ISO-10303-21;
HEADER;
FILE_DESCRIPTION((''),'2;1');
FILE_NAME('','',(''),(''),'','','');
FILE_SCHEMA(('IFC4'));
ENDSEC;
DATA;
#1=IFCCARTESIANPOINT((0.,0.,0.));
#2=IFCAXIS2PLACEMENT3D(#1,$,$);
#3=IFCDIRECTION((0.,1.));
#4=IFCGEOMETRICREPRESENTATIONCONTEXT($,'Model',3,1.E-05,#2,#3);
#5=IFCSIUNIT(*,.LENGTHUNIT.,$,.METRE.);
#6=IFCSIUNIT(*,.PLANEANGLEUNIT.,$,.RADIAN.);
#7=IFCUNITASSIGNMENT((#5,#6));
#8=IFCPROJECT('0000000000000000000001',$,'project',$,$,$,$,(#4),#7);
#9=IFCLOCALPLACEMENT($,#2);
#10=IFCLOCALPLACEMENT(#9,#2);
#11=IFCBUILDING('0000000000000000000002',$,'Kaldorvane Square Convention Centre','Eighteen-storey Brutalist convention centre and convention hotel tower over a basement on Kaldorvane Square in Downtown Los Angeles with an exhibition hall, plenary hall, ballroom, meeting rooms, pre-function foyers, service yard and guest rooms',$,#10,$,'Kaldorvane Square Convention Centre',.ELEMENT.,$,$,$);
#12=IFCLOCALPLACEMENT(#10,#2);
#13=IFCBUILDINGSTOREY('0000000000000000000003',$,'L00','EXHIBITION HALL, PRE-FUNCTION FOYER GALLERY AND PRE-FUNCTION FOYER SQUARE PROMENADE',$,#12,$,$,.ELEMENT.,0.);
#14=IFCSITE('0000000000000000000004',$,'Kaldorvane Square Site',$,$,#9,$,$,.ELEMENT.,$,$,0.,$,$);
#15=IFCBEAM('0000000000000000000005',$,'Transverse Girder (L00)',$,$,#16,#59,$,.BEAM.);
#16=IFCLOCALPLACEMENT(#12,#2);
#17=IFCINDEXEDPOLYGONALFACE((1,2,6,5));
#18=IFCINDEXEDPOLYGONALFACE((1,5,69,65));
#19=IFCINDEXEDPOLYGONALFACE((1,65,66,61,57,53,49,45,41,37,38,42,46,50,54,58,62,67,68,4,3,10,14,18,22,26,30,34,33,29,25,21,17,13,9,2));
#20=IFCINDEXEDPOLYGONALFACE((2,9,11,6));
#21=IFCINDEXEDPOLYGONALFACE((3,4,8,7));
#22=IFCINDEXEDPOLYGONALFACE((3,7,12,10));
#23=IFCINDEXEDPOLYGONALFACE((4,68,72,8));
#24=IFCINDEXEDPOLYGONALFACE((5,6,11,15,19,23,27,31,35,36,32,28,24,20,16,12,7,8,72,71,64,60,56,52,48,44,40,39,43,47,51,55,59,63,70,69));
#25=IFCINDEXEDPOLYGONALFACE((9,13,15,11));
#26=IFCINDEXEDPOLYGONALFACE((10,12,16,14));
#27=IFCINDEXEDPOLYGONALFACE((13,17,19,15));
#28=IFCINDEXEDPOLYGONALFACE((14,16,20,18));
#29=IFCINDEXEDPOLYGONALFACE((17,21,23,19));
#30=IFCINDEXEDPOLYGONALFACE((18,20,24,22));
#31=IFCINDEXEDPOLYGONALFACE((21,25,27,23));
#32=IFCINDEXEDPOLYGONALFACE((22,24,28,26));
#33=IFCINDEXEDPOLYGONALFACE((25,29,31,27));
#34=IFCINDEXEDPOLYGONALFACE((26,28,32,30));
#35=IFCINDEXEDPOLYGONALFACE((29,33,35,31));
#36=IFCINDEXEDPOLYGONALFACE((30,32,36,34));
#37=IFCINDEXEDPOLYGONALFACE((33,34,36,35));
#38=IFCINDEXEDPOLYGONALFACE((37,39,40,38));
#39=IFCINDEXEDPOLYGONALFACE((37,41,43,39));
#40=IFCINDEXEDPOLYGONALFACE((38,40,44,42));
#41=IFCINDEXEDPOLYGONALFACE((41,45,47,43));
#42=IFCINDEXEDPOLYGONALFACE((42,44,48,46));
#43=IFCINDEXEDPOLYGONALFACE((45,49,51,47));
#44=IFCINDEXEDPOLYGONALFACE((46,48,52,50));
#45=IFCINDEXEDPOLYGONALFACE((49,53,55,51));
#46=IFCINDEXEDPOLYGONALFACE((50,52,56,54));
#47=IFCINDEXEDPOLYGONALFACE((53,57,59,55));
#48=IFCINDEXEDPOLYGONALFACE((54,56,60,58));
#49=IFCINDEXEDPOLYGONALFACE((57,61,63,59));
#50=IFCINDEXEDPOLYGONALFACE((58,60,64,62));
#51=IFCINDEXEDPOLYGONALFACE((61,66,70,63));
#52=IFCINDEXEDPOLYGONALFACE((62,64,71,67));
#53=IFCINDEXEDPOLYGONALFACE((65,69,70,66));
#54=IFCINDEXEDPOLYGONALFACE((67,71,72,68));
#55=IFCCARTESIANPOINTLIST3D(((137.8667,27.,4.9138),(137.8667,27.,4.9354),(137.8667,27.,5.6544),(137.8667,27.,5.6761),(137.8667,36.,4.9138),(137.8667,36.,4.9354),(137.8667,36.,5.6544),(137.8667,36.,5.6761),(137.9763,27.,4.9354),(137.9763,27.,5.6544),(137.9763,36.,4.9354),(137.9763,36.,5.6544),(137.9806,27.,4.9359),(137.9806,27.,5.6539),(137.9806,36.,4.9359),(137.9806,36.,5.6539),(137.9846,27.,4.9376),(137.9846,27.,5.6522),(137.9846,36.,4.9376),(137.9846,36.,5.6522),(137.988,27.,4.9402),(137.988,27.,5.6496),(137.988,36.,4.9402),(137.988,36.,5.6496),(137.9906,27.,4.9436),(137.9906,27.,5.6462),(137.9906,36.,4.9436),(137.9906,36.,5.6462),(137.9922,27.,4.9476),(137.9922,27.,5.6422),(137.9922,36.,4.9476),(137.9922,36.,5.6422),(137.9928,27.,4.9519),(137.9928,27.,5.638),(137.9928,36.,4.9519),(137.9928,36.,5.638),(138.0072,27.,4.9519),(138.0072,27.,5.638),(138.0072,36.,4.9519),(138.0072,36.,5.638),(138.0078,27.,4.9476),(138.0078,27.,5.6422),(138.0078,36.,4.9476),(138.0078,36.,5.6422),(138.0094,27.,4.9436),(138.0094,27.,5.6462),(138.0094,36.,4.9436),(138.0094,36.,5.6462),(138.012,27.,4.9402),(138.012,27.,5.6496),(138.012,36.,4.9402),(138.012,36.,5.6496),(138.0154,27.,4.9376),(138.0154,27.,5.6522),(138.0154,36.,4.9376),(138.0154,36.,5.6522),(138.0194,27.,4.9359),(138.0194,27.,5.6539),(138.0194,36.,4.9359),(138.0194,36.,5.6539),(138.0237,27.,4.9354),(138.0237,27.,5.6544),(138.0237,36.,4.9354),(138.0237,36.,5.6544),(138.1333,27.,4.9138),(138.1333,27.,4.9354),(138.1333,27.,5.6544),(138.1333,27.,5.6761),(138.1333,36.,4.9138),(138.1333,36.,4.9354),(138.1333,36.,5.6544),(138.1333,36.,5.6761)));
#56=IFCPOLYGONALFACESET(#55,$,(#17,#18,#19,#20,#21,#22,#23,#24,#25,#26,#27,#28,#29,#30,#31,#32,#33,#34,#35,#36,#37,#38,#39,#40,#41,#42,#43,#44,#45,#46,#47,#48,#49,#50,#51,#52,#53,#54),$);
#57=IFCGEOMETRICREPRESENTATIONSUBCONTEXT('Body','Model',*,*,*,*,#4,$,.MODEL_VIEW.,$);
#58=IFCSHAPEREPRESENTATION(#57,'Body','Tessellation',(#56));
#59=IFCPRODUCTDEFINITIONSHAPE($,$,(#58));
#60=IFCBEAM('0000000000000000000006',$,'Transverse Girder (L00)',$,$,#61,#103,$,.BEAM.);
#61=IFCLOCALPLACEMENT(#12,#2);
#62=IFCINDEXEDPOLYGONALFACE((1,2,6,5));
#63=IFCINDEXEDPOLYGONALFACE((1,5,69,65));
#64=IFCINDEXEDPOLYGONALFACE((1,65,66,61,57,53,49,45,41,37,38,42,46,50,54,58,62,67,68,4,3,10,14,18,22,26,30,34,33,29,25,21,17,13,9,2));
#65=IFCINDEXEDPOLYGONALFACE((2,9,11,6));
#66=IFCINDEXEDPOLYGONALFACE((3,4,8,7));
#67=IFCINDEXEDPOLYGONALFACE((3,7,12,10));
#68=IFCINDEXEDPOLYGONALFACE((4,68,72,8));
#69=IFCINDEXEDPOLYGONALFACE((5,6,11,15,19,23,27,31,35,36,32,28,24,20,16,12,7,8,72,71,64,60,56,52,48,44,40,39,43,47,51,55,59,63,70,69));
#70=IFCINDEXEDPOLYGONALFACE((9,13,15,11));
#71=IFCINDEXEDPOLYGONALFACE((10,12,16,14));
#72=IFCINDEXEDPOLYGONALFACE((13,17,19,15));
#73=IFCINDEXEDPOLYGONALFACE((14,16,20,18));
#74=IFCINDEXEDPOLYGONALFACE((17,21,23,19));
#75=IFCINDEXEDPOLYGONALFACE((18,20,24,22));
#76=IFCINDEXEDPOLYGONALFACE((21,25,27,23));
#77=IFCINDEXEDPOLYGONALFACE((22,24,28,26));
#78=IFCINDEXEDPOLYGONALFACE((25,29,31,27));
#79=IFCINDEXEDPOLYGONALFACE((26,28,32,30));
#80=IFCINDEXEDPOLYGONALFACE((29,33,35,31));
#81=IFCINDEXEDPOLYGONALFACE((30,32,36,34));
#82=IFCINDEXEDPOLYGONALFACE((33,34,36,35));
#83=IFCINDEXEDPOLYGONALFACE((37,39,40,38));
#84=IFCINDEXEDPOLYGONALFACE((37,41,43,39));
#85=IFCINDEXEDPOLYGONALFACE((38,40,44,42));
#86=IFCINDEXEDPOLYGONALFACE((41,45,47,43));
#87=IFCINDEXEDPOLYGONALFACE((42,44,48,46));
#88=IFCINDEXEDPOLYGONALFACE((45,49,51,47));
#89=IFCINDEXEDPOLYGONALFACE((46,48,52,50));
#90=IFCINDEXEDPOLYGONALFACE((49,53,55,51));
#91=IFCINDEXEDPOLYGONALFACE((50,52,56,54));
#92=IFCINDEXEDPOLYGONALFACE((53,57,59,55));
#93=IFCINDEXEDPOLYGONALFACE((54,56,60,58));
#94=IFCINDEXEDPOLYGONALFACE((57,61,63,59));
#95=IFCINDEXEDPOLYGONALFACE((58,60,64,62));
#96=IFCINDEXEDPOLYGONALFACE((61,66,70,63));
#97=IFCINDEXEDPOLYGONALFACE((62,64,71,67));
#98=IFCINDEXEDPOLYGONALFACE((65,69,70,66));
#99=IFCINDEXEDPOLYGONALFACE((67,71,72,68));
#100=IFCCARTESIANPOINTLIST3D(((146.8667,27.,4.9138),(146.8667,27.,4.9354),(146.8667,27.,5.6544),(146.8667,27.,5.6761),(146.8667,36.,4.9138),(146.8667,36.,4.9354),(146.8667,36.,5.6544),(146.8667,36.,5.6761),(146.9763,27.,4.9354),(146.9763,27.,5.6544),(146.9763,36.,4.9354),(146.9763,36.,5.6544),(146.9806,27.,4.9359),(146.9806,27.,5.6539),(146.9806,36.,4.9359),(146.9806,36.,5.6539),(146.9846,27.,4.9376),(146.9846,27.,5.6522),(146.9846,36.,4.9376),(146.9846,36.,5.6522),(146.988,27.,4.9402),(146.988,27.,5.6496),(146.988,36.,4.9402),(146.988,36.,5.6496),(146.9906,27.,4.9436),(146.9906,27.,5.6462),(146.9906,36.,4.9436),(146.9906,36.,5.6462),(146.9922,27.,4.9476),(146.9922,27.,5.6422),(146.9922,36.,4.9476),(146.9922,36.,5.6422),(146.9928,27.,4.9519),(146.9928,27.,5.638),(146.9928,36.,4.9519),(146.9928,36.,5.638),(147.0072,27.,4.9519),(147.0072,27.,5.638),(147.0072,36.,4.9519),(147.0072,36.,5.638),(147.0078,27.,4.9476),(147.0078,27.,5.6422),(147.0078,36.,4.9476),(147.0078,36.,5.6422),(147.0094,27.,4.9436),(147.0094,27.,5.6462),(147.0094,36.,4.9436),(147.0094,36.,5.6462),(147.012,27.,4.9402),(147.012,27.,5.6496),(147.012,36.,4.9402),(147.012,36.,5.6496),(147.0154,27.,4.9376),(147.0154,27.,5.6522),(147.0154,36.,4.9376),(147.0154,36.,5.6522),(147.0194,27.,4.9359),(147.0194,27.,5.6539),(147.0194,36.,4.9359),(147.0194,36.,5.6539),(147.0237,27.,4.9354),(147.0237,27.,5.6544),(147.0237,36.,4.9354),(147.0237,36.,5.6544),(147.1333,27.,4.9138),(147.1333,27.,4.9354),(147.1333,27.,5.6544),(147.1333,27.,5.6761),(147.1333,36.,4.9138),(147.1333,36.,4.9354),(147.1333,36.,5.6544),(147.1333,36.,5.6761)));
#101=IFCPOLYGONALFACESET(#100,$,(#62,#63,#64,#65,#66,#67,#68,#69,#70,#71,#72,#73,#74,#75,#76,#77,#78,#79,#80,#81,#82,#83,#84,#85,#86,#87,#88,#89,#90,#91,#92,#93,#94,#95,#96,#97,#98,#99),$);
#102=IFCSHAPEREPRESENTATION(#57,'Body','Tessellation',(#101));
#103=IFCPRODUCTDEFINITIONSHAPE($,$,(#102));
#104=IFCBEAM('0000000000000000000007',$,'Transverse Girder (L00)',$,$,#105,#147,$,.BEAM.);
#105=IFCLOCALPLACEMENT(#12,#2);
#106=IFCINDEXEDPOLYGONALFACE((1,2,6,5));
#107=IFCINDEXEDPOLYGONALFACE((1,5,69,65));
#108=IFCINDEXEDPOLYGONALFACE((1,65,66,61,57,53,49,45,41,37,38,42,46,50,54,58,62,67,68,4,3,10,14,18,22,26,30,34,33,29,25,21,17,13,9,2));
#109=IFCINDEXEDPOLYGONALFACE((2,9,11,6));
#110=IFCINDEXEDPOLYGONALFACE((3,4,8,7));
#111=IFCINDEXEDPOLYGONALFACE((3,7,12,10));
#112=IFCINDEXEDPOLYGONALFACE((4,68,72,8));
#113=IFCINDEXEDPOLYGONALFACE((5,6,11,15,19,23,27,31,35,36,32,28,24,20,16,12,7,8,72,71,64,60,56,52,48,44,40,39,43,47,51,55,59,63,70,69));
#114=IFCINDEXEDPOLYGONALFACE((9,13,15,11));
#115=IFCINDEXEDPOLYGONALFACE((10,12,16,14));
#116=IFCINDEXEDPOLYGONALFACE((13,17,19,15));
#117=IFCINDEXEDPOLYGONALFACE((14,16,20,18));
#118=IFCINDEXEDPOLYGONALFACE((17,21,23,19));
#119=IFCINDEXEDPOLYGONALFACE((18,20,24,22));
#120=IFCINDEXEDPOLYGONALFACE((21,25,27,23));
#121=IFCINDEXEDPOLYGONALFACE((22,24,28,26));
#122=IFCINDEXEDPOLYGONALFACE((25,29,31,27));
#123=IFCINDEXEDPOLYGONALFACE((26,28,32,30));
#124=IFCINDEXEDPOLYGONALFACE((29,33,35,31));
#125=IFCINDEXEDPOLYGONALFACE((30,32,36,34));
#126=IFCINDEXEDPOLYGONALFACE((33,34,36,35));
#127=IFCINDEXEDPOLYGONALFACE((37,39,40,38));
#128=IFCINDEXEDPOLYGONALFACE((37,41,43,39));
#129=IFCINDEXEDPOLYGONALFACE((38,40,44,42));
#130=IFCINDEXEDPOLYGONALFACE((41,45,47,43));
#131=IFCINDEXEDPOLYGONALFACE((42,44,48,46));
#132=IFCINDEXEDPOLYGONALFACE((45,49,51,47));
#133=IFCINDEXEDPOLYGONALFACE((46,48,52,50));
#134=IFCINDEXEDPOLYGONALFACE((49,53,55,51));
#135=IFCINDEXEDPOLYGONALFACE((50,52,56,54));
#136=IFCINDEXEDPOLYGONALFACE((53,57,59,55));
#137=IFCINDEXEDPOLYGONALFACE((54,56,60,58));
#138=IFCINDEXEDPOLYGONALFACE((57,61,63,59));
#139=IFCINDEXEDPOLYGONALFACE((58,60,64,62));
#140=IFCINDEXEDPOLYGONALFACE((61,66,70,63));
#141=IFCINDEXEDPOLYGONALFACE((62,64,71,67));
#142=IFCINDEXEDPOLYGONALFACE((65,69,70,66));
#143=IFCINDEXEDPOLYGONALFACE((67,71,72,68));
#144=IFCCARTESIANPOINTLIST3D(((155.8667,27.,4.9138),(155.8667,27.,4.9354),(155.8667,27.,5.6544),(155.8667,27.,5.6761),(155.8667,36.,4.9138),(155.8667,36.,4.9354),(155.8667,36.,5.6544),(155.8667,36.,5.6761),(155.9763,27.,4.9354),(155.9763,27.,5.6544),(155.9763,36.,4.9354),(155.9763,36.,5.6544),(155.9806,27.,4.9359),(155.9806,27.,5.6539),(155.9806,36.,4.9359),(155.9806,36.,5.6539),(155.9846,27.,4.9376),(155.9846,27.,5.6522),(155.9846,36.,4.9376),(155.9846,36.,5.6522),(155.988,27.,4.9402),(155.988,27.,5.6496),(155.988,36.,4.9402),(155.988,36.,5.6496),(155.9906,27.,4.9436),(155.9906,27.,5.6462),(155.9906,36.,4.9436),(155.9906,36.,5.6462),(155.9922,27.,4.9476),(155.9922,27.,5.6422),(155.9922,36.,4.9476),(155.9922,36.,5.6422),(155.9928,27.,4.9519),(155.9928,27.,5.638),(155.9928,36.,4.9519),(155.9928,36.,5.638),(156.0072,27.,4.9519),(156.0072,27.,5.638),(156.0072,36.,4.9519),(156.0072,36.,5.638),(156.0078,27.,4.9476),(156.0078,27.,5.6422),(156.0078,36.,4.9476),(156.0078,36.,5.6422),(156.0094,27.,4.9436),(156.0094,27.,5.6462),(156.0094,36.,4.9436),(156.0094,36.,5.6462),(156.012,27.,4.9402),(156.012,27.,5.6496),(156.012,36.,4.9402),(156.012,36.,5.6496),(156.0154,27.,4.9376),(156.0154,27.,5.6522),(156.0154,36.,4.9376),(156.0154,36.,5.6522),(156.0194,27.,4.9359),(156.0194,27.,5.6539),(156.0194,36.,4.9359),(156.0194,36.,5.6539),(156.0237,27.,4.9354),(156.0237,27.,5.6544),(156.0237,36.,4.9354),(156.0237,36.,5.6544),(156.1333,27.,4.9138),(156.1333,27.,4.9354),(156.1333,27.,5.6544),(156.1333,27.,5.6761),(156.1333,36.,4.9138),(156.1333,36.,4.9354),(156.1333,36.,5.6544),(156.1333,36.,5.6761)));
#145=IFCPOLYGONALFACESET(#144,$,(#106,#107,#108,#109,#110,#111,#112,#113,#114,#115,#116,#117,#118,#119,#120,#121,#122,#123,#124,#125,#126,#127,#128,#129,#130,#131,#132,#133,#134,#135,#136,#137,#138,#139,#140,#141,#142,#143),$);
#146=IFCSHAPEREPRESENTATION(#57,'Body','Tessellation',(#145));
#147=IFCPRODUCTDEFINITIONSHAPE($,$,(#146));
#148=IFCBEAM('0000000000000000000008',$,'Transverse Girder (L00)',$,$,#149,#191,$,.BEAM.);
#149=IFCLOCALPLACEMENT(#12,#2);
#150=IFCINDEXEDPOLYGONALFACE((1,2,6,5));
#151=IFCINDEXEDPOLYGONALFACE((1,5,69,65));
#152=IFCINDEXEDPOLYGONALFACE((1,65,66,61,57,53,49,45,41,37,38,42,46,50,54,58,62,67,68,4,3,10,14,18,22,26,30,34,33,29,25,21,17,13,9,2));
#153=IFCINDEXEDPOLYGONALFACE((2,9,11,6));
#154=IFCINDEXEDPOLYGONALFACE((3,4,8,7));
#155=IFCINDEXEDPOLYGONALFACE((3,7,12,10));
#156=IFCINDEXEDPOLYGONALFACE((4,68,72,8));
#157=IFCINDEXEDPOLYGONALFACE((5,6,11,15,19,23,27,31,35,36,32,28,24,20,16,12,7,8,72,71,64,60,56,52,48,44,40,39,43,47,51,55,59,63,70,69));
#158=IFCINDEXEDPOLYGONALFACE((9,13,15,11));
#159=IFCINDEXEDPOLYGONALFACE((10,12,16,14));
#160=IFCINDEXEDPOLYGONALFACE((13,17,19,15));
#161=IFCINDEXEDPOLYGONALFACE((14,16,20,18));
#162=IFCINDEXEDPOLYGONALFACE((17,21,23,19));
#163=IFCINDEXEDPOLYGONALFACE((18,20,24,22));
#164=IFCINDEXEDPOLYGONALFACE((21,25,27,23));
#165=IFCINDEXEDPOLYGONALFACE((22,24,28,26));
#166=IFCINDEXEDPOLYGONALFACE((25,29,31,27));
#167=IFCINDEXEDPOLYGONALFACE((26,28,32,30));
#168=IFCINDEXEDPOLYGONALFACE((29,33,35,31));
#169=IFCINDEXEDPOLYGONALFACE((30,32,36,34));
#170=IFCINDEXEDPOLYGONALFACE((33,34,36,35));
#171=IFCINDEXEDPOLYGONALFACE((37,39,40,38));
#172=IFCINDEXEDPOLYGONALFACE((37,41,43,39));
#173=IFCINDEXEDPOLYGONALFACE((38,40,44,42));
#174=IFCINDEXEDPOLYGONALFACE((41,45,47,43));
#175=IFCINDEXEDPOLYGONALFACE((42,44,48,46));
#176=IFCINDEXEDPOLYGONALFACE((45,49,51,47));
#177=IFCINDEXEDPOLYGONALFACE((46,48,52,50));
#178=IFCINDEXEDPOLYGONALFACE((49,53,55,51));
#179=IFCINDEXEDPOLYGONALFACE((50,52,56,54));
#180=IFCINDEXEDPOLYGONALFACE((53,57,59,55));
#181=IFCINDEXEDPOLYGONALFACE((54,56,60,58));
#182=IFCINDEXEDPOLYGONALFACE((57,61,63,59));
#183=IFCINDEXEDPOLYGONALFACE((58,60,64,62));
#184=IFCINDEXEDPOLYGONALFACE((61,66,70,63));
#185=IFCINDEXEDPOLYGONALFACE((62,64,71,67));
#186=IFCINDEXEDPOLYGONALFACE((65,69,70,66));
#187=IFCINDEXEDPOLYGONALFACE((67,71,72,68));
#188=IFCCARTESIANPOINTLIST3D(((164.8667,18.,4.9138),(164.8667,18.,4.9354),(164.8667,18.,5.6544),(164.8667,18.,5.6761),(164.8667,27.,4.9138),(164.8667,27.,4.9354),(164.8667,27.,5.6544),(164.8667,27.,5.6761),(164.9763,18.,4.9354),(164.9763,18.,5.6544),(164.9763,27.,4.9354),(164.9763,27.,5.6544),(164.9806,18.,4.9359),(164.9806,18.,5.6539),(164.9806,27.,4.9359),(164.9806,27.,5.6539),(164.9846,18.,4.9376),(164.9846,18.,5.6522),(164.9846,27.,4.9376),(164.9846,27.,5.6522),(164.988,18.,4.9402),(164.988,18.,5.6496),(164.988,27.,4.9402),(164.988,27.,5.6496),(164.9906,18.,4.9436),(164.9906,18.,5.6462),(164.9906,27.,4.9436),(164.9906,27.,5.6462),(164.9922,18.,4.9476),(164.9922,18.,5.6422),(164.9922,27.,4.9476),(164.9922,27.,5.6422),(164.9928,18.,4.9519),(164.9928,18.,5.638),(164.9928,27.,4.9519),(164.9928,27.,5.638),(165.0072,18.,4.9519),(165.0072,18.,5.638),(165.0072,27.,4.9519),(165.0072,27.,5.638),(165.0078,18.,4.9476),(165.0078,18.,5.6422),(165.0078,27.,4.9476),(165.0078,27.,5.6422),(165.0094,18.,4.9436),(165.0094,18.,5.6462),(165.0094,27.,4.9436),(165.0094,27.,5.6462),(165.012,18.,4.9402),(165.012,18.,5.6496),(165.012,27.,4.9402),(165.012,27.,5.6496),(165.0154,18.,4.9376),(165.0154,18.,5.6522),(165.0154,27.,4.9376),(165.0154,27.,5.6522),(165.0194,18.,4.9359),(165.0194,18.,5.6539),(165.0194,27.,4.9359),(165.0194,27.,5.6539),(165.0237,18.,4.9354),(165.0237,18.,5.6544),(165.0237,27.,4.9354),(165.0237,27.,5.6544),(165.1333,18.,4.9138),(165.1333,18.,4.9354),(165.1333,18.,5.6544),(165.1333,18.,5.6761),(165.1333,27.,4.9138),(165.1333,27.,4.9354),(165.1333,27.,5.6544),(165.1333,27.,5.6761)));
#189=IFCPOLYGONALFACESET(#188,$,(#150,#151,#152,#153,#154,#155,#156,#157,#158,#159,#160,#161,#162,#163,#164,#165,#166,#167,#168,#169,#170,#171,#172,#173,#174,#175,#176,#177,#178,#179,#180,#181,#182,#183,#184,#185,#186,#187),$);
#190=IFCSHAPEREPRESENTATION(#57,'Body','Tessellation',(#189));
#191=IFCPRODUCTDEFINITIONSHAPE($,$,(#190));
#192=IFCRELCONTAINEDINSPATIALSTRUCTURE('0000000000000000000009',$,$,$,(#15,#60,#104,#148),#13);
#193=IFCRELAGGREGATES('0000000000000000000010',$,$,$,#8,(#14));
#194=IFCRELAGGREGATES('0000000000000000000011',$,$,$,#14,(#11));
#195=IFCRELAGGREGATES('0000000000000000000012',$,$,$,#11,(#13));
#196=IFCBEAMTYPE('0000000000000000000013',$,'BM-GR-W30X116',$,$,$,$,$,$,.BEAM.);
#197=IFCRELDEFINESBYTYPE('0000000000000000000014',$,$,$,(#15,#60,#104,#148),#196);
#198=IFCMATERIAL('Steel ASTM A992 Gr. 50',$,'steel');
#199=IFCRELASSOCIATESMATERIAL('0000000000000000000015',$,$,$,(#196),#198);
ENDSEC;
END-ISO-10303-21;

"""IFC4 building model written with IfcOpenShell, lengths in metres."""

from ifc_helpers import new_model, si_unit, direction, frame, origin, origin_2d, place, context, subcontext, project, spatial, i_section, extrude, material, material_profile, profile_set, type_object, element, save


model = new_model("IFC4")

# Units and contexts
model_context = context("Model", 3, precision=1e-05, world=origin(), true_north=direction((0.0, 1.0)))
body_context = subcontext(model_context, "Body", "Model", "MODEL_VIEW")
ifc_project = project(units=[si_unit("LENGTHUNIT", "METRE"), si_unit("PLANEANGLEUNIT", "RADIAN")], contexts=[model_context])

# Site, building, storey
site_placement = place(None, origin())
site = spatial("IfcSite", under=ifc_project, at=site_placement, Name="Kaldorvane Square Site", CompositionType="ELEMENT", RefElevation=0.0)
building_placement = place(site_placement, origin())
building = spatial("IfcBuilding", under=site, at=building_placement, Name="Kaldorvane Square Convention Centre", Description="Eighteen-storey Brutalist convention centre and convention hotel tower over a basement on Kaldorvane Square in Downtown Los Angeles with an exhibition hall, plenary hall, ballroom, meeting rooms, pre-function foyers, service yard and guest rooms", LongName="Kaldorvane Square Convention Centre", CompositionType="ELEMENT")
storey_placement = place(building_placement, origin())
storey = spatial("IfcBuildingStorey", under=building, at=storey_placement, Name="L00", Description="EXHIBITION HALL, PRE-FUNCTION FOYER GALLERY AND PRE-FUNCTION FOYER SQUARE PROMENADE", CompositionType="ELEMENT", Elevation=0.0)

# Shared definitions
ifc_material_1 = material(Name="Steel ASTM A992 Gr. 50", Category="steel")

# Beams
ifc_material_profile_1 = material_profile(ifc_material_1, i_section(OverallWidth=0.2666, OverallDepth=0.7623, WebThickness=0.0144, FlangeThickness=0.0216, FilletRadius=0.0165, at=origin_2d()), Name="W30X116")
ifc_profile_set_1 = profile_set([ifc_material_profile_1], Name="Steel ASTM A992 Gr. 50")
beam_type_1 = type_object("IfcBeamType", Name="BM-GR-W30X116", PredefinedType="BEAM", material=ifc_profile_set_1)
for number, where, z_axis, x_axis, name in (
    (1, (138.0, 27.0, 5.2949), (0.0, 1.0, 0.0), (-1.0, 0.0, 0.0), "Transverse Girder (L00)"),
    (2, (147.0, 27.0, 5.2949), (0.0, 1.0, 0.0), (-1.0, 0.0, 0.0), "Transverse Girder (L00)"),
    (3, (156.0, 27.0, 5.2949), (0.0, 1.0, 0.0), (-1.0, 0.0, 0.0), "Transverse Girder (L00)"),
    (4, (165.0, 18.0, 5.2949), (0.0, 1.0, 0.0), (-1.0, 0.0, 0.0), "Transverse Girder (L00)"),
):
    element("IfcBeam", number, at=place(storey_placement, frame(where, z_axis=z_axis, x_axis=x_axis)), inside=storey, type_object=beam_type_1, Name=name, PredefinedType="BEAM", context=body_context, shape_type="SweptSolid", body=[
        extrude(i_section(OverallWidth=0.2666, OverallDepth=0.7623, WebThickness=0.0144, FlangeThickness=0.0216, FilletRadius=0.0165, at=origin_2d()), origin(), (0.0, 0.0, 1.0), 9.0),
    ])

save(model, "model.ifc")
